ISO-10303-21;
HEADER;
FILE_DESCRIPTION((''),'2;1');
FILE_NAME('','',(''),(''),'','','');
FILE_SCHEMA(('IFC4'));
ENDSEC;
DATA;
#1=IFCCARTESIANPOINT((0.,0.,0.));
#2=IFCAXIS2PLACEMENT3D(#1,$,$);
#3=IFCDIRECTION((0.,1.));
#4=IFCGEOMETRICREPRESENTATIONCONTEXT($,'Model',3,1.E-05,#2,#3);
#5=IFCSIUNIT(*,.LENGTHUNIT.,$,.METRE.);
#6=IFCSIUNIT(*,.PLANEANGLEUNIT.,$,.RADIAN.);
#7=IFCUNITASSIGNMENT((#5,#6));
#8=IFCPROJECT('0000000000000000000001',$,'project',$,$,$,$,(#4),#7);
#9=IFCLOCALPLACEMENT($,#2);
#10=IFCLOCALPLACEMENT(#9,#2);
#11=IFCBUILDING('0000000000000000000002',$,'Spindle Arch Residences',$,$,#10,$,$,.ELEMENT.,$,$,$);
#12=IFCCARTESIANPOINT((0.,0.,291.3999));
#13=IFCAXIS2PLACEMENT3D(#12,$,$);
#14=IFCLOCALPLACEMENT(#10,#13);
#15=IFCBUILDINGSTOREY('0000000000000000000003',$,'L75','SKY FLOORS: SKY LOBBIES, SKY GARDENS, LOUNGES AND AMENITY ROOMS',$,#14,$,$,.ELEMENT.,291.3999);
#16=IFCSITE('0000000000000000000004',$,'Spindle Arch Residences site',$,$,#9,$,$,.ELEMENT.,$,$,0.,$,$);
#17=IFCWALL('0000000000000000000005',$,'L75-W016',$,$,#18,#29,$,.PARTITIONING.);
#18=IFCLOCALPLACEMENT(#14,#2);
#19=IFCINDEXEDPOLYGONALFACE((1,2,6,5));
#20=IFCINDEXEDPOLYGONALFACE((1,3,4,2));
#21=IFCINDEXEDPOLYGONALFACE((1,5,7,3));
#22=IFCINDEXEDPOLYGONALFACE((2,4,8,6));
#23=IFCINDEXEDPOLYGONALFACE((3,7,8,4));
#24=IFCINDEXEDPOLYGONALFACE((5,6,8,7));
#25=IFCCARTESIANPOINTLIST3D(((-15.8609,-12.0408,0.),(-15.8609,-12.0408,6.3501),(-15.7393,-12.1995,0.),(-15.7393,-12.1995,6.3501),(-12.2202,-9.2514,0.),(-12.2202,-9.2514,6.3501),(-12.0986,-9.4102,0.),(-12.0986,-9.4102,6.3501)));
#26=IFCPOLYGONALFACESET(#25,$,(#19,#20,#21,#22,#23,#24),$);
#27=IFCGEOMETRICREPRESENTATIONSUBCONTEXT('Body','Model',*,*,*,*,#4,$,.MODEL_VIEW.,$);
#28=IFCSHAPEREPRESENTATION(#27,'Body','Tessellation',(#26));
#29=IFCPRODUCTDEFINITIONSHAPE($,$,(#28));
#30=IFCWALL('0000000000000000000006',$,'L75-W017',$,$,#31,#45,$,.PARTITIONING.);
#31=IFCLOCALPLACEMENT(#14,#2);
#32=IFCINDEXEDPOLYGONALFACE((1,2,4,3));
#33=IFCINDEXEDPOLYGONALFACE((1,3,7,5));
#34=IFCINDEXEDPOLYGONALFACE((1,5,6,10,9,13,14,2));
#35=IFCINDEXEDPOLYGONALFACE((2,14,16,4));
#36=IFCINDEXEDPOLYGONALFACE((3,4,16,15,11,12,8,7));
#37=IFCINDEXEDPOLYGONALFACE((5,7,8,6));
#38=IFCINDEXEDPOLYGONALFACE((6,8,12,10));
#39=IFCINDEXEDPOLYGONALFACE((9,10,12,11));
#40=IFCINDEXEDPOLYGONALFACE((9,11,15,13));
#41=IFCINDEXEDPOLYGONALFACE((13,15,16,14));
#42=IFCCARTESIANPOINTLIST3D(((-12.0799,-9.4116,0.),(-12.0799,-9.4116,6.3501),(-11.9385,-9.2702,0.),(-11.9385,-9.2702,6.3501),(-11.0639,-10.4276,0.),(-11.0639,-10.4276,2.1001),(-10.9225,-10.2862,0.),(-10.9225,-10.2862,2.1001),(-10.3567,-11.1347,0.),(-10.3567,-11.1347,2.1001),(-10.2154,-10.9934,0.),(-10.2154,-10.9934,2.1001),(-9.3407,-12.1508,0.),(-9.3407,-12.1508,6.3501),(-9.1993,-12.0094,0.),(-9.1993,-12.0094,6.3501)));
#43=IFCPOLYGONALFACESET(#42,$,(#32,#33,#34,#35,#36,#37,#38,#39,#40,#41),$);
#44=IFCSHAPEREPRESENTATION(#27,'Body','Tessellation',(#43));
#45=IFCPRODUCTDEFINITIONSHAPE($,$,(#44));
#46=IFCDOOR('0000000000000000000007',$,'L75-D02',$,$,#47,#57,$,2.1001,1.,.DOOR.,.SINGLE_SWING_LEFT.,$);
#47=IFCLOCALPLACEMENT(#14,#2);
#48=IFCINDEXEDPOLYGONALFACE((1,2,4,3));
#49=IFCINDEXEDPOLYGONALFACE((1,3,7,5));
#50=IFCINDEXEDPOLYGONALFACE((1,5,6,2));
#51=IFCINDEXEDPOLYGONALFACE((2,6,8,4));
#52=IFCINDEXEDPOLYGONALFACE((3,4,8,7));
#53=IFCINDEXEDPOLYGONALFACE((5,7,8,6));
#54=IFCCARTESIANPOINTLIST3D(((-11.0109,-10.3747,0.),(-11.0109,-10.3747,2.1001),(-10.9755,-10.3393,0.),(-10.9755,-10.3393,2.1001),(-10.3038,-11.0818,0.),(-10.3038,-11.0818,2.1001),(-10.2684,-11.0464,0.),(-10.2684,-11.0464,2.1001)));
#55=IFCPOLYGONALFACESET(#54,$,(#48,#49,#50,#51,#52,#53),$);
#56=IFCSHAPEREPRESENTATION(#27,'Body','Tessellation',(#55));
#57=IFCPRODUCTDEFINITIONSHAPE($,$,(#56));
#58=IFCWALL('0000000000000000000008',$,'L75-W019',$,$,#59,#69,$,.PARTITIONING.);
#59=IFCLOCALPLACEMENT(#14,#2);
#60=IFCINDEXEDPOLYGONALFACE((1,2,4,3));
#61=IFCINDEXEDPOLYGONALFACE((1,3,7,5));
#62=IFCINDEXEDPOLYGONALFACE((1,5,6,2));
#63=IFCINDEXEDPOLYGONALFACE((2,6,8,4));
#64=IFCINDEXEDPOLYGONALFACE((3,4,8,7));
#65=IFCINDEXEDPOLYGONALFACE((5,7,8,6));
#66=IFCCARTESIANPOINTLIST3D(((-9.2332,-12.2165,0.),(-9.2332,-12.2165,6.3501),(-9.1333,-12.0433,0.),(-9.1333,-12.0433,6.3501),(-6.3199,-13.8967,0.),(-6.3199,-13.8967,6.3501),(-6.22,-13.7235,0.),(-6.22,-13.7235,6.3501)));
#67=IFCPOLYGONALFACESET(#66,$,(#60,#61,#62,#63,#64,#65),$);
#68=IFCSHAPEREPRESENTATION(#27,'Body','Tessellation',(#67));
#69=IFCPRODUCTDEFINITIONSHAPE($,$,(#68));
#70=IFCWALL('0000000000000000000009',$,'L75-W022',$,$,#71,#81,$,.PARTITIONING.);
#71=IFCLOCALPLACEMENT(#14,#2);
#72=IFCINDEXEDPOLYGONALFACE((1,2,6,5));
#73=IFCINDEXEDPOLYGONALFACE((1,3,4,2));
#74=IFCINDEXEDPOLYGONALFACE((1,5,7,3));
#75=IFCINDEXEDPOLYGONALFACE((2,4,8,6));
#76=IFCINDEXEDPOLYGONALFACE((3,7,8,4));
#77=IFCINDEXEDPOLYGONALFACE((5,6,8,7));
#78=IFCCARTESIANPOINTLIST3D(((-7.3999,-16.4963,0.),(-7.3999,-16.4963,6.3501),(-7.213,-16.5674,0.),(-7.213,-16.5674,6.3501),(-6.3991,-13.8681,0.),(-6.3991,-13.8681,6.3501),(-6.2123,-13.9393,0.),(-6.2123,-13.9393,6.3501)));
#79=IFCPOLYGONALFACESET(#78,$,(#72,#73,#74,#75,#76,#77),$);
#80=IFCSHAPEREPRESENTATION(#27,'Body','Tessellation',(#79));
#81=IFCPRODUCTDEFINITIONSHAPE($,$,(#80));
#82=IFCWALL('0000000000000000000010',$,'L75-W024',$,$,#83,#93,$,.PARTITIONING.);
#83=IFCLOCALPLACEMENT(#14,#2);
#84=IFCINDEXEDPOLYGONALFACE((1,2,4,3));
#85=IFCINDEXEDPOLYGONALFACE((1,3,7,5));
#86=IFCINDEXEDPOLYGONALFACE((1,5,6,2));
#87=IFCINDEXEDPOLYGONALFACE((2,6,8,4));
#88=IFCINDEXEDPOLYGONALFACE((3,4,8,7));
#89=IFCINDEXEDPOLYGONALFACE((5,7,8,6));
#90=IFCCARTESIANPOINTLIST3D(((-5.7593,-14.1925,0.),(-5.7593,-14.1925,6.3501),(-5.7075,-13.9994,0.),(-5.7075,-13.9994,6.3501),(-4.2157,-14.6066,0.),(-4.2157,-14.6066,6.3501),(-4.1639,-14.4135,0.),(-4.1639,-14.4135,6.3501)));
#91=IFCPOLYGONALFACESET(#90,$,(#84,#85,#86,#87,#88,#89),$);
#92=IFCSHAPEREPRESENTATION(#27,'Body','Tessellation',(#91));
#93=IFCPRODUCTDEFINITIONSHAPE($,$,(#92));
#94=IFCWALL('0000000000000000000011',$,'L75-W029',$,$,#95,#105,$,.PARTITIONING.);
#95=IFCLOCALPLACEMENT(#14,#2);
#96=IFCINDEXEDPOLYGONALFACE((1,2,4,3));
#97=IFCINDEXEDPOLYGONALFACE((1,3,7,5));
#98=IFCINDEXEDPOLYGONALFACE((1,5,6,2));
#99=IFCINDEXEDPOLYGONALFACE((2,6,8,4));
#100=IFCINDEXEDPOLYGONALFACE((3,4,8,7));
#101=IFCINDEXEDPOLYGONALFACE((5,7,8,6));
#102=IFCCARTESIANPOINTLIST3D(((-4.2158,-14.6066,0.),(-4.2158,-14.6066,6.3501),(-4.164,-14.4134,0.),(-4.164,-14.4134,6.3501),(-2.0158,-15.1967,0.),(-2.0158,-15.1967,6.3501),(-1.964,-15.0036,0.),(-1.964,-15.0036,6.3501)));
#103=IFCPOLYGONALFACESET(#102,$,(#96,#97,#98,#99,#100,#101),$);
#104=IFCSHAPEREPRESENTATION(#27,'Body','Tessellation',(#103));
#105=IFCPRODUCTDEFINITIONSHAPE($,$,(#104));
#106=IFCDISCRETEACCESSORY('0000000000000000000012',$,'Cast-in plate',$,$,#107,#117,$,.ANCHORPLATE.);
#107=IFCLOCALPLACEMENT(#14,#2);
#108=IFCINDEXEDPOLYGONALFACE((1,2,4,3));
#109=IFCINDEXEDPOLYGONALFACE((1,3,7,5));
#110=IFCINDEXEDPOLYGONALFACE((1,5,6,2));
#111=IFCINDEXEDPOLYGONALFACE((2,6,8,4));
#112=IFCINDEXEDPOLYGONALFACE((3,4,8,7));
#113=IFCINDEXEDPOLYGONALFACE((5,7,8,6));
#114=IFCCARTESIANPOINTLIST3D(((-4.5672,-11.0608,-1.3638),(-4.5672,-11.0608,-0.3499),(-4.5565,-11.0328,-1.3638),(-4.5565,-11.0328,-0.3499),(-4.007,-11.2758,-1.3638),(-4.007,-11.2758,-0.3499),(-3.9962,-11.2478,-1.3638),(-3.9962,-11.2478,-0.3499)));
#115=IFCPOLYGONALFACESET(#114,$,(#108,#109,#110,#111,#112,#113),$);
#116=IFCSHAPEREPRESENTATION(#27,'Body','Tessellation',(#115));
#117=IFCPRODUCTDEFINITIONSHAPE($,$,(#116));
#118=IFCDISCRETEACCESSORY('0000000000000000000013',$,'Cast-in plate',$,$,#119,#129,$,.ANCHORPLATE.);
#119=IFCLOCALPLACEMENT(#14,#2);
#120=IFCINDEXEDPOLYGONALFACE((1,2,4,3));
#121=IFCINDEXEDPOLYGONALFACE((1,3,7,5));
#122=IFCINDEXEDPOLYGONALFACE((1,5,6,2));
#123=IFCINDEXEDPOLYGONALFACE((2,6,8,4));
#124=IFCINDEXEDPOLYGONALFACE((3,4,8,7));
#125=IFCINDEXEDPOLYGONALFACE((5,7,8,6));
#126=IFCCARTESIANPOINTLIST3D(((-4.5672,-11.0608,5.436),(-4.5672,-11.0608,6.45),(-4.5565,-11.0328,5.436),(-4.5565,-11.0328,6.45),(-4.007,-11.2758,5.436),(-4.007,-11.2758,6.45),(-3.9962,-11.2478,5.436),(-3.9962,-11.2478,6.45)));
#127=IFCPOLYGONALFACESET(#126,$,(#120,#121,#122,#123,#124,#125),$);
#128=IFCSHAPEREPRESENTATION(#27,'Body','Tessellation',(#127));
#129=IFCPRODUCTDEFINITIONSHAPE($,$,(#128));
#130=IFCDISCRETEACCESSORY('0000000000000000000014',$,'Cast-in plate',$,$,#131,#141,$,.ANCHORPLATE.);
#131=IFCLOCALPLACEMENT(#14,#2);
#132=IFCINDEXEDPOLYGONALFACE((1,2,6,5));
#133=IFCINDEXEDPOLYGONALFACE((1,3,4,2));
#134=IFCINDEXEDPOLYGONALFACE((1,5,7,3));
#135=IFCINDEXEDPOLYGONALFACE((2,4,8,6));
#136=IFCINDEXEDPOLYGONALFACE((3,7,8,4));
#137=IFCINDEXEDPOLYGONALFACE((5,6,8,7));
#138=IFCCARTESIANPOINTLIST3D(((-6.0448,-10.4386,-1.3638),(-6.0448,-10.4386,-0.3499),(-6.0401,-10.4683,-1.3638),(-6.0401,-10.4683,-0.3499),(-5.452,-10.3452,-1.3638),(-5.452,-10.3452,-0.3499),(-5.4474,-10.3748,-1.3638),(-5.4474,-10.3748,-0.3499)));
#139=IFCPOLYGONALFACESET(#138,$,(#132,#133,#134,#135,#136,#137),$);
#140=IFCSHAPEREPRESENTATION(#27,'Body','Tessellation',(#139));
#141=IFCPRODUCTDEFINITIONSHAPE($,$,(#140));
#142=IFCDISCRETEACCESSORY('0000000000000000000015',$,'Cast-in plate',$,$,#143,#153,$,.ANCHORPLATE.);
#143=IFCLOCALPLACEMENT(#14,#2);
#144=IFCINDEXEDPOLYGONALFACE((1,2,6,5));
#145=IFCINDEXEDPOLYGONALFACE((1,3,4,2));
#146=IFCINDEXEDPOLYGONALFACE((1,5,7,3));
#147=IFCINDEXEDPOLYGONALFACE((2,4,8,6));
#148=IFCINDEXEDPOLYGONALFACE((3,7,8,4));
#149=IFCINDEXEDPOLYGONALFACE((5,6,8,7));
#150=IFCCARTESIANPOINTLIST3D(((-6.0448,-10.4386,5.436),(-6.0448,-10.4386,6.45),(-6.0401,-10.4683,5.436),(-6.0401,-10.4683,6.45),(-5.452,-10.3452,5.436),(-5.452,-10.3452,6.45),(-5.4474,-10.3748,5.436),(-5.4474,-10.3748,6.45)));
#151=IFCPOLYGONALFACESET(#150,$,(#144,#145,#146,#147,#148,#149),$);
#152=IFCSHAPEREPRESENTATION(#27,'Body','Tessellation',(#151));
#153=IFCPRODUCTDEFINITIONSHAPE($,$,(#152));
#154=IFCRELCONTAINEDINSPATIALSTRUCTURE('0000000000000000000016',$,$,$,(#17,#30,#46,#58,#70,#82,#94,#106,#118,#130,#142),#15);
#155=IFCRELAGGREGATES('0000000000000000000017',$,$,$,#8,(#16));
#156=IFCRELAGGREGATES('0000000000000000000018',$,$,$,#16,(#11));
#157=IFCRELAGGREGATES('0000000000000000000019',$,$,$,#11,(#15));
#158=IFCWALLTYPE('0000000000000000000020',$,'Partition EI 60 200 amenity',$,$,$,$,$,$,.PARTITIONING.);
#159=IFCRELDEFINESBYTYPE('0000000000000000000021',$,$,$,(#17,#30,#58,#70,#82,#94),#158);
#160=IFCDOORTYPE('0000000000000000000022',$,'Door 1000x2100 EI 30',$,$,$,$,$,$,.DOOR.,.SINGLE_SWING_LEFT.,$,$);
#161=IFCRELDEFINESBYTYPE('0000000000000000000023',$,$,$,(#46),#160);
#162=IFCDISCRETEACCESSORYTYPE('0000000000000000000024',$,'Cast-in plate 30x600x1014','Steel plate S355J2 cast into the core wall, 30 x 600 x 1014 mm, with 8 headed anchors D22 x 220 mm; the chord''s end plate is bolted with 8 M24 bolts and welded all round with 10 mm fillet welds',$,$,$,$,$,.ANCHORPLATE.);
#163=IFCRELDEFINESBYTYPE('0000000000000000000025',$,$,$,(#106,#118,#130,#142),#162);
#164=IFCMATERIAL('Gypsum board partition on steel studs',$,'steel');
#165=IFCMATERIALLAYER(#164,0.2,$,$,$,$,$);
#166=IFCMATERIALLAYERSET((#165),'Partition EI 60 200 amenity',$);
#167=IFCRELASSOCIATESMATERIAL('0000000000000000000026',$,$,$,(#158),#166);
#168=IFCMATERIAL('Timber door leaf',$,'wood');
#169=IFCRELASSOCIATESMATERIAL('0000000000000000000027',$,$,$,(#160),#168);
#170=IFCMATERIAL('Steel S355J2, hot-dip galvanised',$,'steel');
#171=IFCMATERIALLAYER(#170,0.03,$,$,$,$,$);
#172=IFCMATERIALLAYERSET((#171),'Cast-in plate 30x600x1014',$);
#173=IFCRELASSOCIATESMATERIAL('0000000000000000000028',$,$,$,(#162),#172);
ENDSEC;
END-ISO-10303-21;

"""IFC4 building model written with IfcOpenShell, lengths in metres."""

from ifc_helpers import new_model, si_unit, direction, frame, frame_2d, origin, origin_2d, place, context, subcontext, project, spatial, rectangle, extrude, material, layer, layer_set, type_object, element, fill, save


model = new_model("IFC4")

# Units and contexts
model_context = context("Model", 3, precision=1e-05, world=origin(), true_north=direction((0.0, 1.0)))
body_context = subcontext(model_context, "Body", "Model", "MODEL_VIEW")
ifc_project = project(units=[si_unit("LENGTHUNIT", "METRE"), si_unit("PLANEANGLEUNIT", "RADIAN")], contexts=[model_context])

# Site, building, storey
site_placement = place(None, origin())
site = spatial("IfcSite", under=ifc_project, at=site_placement, Name="Spindle Arch Residences site", CompositionType="ELEMENT", RefElevation=0.0)
building_placement = place(site_placement, origin())
building = spatial("IfcBuilding", under=site, at=building_placement, Name="Spindle Arch Residences", CompositionType="ELEMENT")
storey_placement = place(building_placement, frame((0.0, 0.0, 291.3999)))
storey = spatial("IfcBuildingStorey", under=building, at=storey_placement, Name="L75", Description="SKY FLOORS: SKY LOBBIES, SKY GARDENS, LOUNGES AND AMENITY ROOMS", CompositionType="ELEMENT", Elevation=291.3999)

# Wall
ifc_material_1 = material(Name="Gypsum board partition on steel studs", Category="steel")
ifc_layer_1 = layer(ifc_material_1, 0.2)
ifc_layer_set_1 = layer_set([ifc_layer_1], Name="Partition EI 60 200 amenity")
wall_type_1 = type_object("IfcWallType", Name="Partition EI 60 200 amenity", PredefinedType="PARTITIONING", material=ifc_layer_set_1)
wall_1_placement = place(storey_placement, frame((-12.1594, -9.3308, 0.0), z_axis=(0.0, 0.0, 1.0), x_axis=(-0.7938, -0.608179, 0.0)))
element("IfcWall", 1, at=wall_1_placement, inside=storey, type_object=wall_type_1, Name="L75-W016", PredefinedType="PARTITIONING", context=body_context, shape_type="SweptSolid", body=[
    extrude(rectangle(XDim=4.5864, YDim=0.2, at=frame_2d((2.2932, 0.0))), origin(), (0.0, 0.0, 1.0), 6.3501),
])

# Wall, opening, door
wall_2_placement = place(storey_placement, frame((-12.0093, -9.3408, 0.0), z_axis=(0.0, 0.0, 1.0), x_axis=(0.707107, -0.707107, 0.0)))
wall_2 = element("IfcWall", 2, at=wall_2_placement, inside=storey, type_object=wall_type_1, Name="L75-W017", PredefinedType="PARTITIONING", context=body_context, shape_type="SweptSolid", body=[
    extrude(rectangle(XDim=3.8738, YDim=0.2, at=frame_2d((1.937, 0.0))), origin(), (0.0, 0.0, 1.0), 6.3501),
])
opening_placement = place(wall_2_placement, frame((1.437, 0.0, 0.0)))
opening = element("IfcOpeningElement", 3, at=opening_placement, cuts=wall_2, PredefinedType="OPENING", context=body_context, shape_type="SweptSolid", body=[
    extrude(rectangle(XDim=1.0, YDim=2.1001, at=frame_2d((0.5, 1.05))), frame((0.0, 0.1099, 0.0), z_axis=(0.0, -1.0, 0.0), x_axis=(1.0, 0.0, 0.0)), (0.0, 0.0, 1.0), 0.22),
])
ifc_material_2 = material(Name="Timber door leaf", Category="wood")
door_type = type_object("IfcDoorType", Name="Door 1000x2100 EI 30", OperationType="SINGLE_SWING_LEFT", PredefinedType="DOOR", material=ifc_material_2)
door_placement = place(opening_placement, origin())
door = element("IfcDoor", 4, at=door_placement, inside=storey, type_object=door_type, Name="L75-D02", OperationType="SINGLE_SWING_LEFT", OverallHeight=2.1001, OverallWidth=1.0, PredefinedType="DOOR", context=body_context, shape_type="SweptSolid", body=[
    extrude(rectangle(XDim=1.0, YDim=2.1001, at=frame_2d((0.5, 1.05))), frame((0.0, 0.0249, 0.0), z_axis=(0.0, -1.0, 0.0), x_axis=(1.0, 0.0, 0.0)), (0.0, 0.0, 1.0), 0.05),
])
fill(opening, door)

# Walls
wall_3_placement = place(storey_placement, frame((-9.1833, -12.1299, 0.0), z_axis=(0.0, 0.0, 1.0), x_axis=(0.866262, -0.49959, 0.0)))
element("IfcWall", 5, at=wall_3_placement, inside=storey, type_object=wall_type_1, Name="L75-W019", PredefinedType="PARTITIONING", context=body_context, shape_type="SweptSolid", body=[
    extrude(rectangle(XDim=3.363, YDim=0.2, at=frame_2d((1.6816, 0.0))), origin(), (0.0, 0.0, 1.0), 6.3501),
])
wall_4_placement = place(storey_placement, frame((-6.3057, -13.9036, 0.0), z_axis=(0.0, 0.0, 1.0), x_axis=(-0.355847, -0.934544, 0.0)))
element("IfcWall", 6, at=wall_4_placement, inside=storey, type_object=wall_type_1, Name="L75-W022", PredefinedType="PARTITIONING", context=body_context, shape_type="SweptSolid", body=[
    extrude(rectangle(XDim=2.8123, YDim=0.2, at=frame_2d((1.4062, 0.0))), origin(), (0.0, 0.0, 1.0), 6.3501),
])
wall_5_placement = place(storey_placement, frame((-5.7334, -14.0959, 0.0), z_axis=(0.0, 0.0, 1.0), x_axis=(0.965848, -0.259108, 0.0)))
element("IfcWall", 7, at=wall_5_placement, inside=storey, type_object=wall_type_1, Name="L75-W024", PredefinedType="PARTITIONING", context=body_context, shape_type="SweptSolid", body=[
    extrude(rectangle(XDim=1.5981, YDim=0.2, at=frame_2d((0.7991, 0.0))), origin(), (0.0, 0.0, 1.0), 6.3501),
])
wall_6_placement = place(storey_placement, frame((-4.1899, -14.51, 0.0), z_axis=(0.0, 0.0, 1.0), x_axis=(0.965859, -0.25907, 0.0)))
element("IfcWall", 8, at=wall_6_placement, inside=storey, type_object=wall_type_1, Name="L75-W029", PredefinedType="PARTITIONING", context=body_context, shape_type="SweptSolid", body=[
    extrude(rectangle(XDim=2.2778, YDim=0.2, at=frame_2d((1.1389, 0.0))), origin(), (0.0, 0.0, 1.0), 6.3501),
])

# Discrete accessories
ifc_material_3 = material(Name="Steel S355J2, hot-dip galvanised", Category="steel")
ifc_layer_2 = layer(ifc_material_3, 0.03)
ifc_layer_set_2 = layer_set([ifc_layer_2], Name="Cast-in plate 30x600x1014")
discrete_accessory_type = type_object("IfcDiscreteAccessoryType", Name="Cast-in plate 30x600x1014", Description="Steel plate S355J2 cast into the core wall, 30 x 600 x 1014 mm, with 8 headed anchors D22 x 220 mm; the chord's end plate is bolted with 8 M24 bolts and welded all round with 10 mm fillet welds", PredefinedType="ANCHORPLATE", material=ifc_layer_set_2)
for number, where, z_axis, x_axis, name in (
    (9, (-4.2817, -11.1543, -1.3638), (0.0, 0.0, 1.0), (-0.35837, -0.93358, 0.0), "Cast-in plate"),
    (10, (-4.2817, -11.1543, 5.436), (0.0, 0.0, 1.0), (-0.35837, -0.93358, 0.0), "Cast-in plate"),
    (11, (-5.7461, -10.4067, -1.3638), (0.0, 0.0, 1.0), (0.155728, -0.9878, 0.0), "Cast-in plate"),
    (12, (-5.7461, -10.4067, 5.436), (0.0, 0.0, 1.0), (0.155728, -0.9878, 0.0), "Cast-in plate"),
):
    element("IfcDiscreteAccessory", number, at=place(storey_placement, frame(where, z_axis=z_axis, x_axis=x_axis)), inside=storey, type_object=discrete_accessory_type, Name=name, PredefinedType="ANCHORPLATE", context=body_context, shape_type="SweptSolid", body=[
        extrude(rectangle(XDim=0.03, YDim=0.6001, at=origin_2d()), origin(), (0.0, 0.0, 1.0), 1.0139),
    ])

save(model, "model.ifc")
